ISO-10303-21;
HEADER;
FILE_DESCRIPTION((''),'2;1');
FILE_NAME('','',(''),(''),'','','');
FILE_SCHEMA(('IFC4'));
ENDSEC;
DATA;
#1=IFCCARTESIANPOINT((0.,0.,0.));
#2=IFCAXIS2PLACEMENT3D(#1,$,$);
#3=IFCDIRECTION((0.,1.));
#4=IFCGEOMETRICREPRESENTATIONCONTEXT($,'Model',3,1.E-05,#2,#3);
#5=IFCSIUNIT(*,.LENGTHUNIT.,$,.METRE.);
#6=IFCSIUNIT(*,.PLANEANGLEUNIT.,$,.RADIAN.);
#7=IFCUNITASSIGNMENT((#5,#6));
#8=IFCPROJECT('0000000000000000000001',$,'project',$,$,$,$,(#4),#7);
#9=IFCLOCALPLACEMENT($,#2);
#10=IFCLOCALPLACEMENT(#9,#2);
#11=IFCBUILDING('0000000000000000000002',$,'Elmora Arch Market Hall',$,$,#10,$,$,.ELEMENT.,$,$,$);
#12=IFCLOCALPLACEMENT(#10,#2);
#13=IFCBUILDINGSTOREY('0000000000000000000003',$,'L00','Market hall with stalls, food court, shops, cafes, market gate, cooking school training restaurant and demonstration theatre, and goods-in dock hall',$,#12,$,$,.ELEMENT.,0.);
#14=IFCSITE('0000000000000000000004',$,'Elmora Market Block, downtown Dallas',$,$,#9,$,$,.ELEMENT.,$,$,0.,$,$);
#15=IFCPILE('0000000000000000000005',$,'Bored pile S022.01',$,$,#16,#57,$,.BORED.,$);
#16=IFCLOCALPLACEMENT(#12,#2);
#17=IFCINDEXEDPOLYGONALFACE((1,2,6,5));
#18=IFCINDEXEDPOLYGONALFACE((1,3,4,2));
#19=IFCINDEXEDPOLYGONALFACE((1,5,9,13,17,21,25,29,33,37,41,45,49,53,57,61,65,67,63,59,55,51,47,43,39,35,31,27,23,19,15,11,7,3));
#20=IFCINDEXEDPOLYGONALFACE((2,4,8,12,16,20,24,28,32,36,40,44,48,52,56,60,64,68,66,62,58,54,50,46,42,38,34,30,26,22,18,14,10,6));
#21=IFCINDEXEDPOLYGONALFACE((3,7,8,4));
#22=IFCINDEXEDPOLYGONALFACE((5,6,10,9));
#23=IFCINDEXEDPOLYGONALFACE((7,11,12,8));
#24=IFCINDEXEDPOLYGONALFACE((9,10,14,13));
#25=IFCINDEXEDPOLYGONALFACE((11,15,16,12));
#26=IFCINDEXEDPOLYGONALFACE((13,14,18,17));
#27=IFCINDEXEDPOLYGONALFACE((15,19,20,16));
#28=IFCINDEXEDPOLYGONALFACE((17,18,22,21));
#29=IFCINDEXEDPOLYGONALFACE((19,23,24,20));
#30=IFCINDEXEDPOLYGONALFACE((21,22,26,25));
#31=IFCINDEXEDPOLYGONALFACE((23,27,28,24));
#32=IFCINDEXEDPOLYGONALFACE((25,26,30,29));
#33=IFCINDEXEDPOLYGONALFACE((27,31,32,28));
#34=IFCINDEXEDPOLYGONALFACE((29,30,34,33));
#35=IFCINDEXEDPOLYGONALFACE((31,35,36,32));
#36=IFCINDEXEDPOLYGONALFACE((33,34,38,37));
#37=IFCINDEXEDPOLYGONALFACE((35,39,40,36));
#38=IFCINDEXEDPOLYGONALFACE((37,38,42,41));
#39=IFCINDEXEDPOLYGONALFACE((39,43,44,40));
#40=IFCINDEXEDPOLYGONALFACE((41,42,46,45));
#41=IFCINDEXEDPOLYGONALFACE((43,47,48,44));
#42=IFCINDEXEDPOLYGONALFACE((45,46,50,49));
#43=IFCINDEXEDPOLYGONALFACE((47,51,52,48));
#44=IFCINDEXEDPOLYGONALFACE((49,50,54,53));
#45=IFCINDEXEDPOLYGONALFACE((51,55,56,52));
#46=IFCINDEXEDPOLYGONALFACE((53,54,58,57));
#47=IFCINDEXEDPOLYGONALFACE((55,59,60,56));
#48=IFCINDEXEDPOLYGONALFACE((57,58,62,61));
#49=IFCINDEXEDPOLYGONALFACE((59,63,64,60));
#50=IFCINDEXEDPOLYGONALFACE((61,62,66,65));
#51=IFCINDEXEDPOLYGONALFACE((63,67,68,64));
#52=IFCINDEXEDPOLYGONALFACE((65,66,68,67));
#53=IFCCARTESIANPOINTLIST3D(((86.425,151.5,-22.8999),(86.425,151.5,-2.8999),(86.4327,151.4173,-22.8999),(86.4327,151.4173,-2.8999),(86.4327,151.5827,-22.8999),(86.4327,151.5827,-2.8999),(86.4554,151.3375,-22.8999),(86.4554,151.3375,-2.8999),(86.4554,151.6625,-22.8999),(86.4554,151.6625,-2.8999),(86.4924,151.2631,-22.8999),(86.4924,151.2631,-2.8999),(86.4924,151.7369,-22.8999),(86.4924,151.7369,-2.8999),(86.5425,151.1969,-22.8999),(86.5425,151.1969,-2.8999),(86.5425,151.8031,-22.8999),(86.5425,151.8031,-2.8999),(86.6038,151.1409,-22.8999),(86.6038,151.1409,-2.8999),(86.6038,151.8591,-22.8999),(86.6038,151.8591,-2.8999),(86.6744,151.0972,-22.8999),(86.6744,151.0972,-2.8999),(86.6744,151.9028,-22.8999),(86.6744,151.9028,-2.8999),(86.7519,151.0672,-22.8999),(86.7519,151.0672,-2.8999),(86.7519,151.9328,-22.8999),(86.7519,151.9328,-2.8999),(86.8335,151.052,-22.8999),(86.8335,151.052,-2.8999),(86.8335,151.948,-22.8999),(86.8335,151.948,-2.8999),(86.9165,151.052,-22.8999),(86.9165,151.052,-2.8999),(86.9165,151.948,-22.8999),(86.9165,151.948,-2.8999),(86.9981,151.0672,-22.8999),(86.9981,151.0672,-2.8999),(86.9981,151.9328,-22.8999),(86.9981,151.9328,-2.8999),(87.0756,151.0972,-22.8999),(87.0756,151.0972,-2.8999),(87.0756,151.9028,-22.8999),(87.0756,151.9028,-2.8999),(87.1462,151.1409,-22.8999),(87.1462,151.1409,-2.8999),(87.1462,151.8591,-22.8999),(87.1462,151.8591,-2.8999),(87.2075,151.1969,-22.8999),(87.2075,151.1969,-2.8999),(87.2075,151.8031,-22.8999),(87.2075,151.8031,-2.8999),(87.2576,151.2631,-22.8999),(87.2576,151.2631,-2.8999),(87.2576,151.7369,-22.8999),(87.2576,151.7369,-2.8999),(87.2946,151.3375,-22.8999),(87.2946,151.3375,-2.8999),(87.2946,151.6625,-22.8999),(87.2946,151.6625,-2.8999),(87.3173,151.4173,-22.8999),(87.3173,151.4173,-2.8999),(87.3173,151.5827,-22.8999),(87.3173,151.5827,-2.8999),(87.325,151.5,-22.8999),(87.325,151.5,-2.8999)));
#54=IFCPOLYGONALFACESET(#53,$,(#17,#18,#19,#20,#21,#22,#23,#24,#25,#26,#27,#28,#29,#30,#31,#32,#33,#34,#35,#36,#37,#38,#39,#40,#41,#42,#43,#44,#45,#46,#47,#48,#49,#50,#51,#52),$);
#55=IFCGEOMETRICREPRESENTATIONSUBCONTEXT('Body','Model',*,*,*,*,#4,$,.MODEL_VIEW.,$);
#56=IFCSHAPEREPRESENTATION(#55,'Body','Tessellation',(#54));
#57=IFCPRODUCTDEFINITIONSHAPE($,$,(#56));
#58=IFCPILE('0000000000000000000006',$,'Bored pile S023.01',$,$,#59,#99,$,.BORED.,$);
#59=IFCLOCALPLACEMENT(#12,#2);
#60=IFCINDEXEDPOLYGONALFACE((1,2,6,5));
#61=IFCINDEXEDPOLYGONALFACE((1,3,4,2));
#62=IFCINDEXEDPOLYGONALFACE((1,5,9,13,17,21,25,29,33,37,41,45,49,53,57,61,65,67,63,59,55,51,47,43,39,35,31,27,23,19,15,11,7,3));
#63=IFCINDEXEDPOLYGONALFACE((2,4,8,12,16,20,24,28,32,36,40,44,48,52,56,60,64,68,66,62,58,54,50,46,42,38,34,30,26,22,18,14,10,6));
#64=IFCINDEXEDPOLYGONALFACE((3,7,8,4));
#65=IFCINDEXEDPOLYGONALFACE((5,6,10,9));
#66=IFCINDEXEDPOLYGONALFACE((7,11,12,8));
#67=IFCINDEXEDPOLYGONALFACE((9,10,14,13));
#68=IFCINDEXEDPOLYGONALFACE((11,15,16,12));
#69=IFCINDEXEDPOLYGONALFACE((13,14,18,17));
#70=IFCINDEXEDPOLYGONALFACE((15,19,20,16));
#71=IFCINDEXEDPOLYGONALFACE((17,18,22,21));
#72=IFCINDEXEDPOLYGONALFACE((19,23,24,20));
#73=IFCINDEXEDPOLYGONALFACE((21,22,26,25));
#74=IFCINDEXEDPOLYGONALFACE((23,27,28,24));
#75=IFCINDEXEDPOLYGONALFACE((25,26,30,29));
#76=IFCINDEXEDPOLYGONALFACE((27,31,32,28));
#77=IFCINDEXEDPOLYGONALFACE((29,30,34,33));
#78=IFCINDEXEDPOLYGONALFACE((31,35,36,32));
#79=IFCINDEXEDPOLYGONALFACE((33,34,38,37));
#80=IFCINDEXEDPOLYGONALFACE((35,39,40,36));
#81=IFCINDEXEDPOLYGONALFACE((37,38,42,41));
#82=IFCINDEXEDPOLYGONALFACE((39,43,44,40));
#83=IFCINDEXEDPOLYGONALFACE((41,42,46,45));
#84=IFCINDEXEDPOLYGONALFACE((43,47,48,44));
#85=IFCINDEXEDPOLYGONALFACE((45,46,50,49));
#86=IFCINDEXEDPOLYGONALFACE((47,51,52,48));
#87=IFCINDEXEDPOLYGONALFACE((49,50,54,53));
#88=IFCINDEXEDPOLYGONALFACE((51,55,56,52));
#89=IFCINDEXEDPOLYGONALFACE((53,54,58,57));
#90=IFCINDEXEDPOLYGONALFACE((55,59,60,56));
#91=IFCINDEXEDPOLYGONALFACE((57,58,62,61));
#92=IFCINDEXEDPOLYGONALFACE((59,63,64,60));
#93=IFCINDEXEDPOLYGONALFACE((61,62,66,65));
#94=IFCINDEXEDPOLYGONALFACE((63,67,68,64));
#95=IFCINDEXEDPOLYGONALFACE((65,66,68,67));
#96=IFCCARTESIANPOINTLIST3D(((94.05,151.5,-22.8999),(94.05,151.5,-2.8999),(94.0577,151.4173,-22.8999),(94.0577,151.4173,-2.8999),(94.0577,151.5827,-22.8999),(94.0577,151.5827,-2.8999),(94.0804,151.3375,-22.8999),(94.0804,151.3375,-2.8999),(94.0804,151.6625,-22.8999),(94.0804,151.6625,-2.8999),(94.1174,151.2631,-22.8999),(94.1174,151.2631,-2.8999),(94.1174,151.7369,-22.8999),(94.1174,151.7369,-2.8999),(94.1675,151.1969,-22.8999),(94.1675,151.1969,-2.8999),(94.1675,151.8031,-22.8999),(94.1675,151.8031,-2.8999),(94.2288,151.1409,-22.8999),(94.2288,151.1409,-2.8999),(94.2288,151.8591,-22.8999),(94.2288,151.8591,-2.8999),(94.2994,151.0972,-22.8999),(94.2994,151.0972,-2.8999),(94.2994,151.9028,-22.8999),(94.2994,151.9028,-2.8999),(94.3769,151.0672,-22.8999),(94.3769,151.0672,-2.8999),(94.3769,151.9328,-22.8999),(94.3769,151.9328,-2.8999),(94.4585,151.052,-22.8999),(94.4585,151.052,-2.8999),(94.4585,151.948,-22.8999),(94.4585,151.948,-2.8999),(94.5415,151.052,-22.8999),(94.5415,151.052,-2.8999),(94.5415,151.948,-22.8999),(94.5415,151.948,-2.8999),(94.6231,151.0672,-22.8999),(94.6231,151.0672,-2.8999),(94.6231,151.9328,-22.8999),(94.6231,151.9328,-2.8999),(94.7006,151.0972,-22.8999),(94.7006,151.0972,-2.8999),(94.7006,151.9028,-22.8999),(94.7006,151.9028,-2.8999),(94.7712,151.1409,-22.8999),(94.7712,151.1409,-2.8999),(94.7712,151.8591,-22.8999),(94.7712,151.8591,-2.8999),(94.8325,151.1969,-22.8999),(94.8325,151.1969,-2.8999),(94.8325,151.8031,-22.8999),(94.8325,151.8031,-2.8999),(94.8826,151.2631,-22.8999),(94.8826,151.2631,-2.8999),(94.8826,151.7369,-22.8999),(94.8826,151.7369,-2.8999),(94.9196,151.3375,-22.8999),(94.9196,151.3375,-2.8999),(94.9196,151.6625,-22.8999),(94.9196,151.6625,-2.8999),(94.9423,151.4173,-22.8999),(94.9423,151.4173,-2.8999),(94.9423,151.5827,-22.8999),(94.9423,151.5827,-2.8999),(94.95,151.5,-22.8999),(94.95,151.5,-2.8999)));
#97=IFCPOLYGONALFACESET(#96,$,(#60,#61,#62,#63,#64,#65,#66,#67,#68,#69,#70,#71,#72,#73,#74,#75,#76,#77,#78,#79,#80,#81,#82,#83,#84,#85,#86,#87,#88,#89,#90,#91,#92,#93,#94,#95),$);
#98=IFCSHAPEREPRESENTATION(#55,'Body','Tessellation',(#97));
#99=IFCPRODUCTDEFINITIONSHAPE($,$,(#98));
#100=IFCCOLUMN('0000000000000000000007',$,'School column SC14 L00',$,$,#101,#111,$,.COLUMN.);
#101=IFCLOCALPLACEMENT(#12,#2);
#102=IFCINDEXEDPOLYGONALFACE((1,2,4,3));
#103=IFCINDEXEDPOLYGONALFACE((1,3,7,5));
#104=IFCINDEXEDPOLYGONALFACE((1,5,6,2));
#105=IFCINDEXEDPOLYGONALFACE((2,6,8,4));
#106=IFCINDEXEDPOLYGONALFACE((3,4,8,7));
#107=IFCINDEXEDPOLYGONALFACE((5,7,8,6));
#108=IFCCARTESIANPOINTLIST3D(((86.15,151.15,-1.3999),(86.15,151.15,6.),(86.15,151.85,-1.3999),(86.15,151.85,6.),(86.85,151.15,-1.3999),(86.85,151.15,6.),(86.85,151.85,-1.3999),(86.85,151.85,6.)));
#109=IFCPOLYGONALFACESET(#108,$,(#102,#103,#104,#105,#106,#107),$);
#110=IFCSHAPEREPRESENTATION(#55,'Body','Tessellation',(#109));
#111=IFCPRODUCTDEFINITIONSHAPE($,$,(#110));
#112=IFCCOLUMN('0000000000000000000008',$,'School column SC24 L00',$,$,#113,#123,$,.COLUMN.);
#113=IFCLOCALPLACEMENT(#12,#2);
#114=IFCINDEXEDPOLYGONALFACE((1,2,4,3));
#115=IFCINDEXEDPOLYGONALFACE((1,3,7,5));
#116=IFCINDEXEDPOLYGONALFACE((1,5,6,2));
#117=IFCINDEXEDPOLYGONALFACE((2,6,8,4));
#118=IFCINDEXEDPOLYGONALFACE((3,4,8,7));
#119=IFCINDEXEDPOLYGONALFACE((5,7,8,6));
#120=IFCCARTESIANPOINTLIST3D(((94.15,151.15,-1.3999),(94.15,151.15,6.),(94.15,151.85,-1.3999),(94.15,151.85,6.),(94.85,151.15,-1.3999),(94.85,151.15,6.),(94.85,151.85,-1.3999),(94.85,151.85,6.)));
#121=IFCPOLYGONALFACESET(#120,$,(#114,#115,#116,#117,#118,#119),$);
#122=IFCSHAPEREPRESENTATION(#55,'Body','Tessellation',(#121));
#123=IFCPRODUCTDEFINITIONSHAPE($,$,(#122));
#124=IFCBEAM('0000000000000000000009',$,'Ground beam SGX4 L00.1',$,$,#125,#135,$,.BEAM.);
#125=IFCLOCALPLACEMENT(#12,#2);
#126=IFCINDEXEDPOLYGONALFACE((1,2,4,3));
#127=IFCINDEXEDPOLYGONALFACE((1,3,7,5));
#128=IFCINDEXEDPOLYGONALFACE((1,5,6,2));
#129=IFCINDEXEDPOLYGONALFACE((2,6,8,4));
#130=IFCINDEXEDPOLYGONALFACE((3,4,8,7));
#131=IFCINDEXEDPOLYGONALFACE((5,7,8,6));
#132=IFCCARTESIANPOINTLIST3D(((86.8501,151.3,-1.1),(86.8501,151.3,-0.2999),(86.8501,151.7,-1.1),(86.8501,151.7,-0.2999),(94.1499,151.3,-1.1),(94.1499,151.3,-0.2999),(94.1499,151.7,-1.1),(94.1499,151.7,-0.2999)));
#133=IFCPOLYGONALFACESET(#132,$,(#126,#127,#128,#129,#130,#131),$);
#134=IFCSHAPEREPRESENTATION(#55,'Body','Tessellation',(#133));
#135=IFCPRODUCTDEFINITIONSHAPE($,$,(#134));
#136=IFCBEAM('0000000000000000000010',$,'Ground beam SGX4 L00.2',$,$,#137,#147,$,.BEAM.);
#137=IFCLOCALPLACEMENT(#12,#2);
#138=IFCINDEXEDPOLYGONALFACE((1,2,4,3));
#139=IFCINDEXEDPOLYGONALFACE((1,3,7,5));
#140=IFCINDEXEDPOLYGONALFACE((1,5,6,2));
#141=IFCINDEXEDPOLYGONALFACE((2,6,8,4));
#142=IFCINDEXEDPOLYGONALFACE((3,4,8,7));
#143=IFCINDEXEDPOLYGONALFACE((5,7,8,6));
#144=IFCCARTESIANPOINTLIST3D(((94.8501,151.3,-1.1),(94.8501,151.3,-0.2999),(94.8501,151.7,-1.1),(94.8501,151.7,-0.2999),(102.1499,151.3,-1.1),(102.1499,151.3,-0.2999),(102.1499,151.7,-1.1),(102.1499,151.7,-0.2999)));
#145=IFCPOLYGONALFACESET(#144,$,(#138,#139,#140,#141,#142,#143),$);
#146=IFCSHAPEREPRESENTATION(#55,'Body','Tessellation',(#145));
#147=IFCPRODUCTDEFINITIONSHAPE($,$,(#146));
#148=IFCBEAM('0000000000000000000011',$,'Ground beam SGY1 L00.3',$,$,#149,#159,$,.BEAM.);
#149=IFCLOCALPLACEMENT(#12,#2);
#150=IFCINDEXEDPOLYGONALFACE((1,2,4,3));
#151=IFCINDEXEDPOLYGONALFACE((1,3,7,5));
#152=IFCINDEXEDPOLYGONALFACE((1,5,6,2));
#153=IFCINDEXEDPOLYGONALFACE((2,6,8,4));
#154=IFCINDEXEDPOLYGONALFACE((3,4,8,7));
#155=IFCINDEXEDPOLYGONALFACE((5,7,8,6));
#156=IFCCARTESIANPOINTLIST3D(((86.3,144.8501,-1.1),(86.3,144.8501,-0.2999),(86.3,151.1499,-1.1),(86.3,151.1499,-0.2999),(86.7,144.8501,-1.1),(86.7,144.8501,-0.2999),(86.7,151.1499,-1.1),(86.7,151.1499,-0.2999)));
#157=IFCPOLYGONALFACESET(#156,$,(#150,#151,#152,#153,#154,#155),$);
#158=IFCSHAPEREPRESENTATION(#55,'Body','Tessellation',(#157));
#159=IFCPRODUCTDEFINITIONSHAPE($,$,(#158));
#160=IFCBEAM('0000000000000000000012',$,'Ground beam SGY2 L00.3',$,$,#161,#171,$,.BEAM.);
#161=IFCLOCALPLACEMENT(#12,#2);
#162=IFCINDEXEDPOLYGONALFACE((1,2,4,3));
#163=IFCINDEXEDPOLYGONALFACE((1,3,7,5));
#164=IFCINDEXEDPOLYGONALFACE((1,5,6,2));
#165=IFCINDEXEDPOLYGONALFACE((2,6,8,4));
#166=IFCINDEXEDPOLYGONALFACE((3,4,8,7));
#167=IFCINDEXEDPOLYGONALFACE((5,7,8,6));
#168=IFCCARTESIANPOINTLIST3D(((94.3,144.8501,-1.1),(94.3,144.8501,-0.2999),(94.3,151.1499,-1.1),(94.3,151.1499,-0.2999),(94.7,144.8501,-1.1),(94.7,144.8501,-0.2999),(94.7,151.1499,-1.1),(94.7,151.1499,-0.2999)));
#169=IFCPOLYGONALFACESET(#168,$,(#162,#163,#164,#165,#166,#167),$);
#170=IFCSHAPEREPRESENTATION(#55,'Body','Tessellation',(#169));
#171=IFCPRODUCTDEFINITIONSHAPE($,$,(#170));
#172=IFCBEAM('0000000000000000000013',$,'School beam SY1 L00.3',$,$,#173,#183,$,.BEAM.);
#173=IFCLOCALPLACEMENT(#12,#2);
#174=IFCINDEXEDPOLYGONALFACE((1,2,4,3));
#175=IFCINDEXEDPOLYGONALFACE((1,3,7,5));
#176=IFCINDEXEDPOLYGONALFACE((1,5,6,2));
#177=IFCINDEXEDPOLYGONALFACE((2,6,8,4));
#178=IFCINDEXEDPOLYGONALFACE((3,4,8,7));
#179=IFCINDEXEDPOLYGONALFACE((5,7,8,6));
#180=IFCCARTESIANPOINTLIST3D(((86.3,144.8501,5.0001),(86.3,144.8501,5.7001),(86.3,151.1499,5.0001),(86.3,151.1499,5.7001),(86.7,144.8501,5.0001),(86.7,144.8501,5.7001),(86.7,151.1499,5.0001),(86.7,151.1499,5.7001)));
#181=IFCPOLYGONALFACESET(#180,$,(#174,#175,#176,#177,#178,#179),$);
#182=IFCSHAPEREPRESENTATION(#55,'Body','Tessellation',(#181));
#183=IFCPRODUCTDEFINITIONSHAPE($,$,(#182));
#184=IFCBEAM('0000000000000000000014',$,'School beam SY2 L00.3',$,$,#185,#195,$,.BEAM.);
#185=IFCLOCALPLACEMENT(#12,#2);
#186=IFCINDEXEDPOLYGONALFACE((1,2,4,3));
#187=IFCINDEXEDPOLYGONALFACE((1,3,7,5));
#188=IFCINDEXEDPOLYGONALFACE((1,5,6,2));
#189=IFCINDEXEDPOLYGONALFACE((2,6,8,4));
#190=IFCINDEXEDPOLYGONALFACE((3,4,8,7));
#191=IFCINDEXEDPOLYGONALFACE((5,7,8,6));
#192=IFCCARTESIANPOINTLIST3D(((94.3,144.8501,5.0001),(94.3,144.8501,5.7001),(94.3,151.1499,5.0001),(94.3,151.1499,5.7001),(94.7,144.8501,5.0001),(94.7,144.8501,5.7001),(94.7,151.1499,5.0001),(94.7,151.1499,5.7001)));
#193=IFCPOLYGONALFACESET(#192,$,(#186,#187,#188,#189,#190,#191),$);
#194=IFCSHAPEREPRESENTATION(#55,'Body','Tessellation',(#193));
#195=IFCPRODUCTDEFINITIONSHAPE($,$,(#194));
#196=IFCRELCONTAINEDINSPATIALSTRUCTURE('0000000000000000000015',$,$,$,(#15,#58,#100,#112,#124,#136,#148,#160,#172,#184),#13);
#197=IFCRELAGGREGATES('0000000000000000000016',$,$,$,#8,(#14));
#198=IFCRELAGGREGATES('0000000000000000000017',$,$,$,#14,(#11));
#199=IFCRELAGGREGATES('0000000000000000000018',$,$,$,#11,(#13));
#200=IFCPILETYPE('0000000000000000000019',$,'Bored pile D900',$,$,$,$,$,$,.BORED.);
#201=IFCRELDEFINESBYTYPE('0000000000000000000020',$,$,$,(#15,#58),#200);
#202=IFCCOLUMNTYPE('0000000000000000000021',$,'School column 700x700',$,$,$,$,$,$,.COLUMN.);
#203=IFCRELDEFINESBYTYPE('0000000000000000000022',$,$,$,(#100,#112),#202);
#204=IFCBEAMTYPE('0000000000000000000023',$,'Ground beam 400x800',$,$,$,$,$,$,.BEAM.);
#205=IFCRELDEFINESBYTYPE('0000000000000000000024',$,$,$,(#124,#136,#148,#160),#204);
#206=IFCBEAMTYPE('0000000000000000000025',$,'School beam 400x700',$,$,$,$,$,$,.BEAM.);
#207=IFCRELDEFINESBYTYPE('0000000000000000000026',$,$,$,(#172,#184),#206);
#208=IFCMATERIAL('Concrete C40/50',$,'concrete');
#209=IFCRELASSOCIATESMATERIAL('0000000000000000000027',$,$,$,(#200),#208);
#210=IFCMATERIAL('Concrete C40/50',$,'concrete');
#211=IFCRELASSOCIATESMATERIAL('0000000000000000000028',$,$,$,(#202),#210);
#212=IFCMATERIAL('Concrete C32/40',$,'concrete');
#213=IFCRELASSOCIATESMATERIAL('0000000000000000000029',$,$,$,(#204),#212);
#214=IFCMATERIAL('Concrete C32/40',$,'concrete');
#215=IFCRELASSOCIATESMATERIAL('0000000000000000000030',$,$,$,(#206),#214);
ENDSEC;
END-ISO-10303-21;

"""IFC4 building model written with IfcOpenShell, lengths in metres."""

from ifc_helpers import new_model, si_unit, direction, frame, origin, origin_2d, place, context, subcontext, project, spatial, rectangle, circle, extrude, material, material_profile, profile_set, type_object, element, save


model = new_model("IFC4")

# Units and contexts
model_context = context("Model", 3, precision=1e-05, world=origin(), true_north=direction((0.0, 1.0)))
body_context = subcontext(model_context, "Body", "Model", "MODEL_VIEW")
ifc_project = project(units=[si_unit("LENGTHUNIT", "METRE"), si_unit("PLANEANGLEUNIT", "RADIAN")], contexts=[model_context])

# Site, building, storey
site_placement = place(None, origin())
site = spatial("IfcSite", under=ifc_project, at=site_placement, Name="Elmora Market Block, downtown Dallas", CompositionType="ELEMENT", RefElevation=0.0)
building_placement = place(site_placement, origin())
building = spatial("IfcBuilding", under=site, at=building_placement, Name="Elmora Arch Market Hall", CompositionType="ELEMENT")
storey_placement = place(building_placement, origin())
storey = spatial("IfcBuildingStorey", under=building, at=storey_placement, Name="L00", Description="Market hall with stalls, food court, shops, cafes, market gate, cooking school training restaurant and demonstration theatre, and goods-in dock hall", CompositionType="ELEMENT", Elevation=0.0)

# Piles
ifc_material_1 = material(Name="Concrete C40/50", Category="concrete")
ifc_material_profile_1 = material_profile(ifc_material_1, circle(Radius=0.45, at=origin_2d()), Name="Bored pile D900")
ifc_profile_set_1 = profile_set([ifc_material_profile_1], Name="Concrete C40/50")
pile_type = type_object("IfcPileType", Name="Bored pile D900", PredefinedType="BORED", material=ifc_profile_set_1)
for number, where, z_axis, x_axis, name in (
    (1, (86.875, 151.5, -2.8999), (0.0, 0.0, -1.0), (1.0, 0.0, 0.0), "Bored pile S022.01"),
    (2, (94.5, 151.5, -2.8999), (0.0, 0.0, -1.0), (1.0, 0.0, 0.0), "Bored pile S023.01"),
):
    element("IfcPile", number, at=place(storey_placement, frame(where, z_axis=z_axis, x_axis=x_axis)), inside=storey, type_object=pile_type, Name=name, PredefinedType="BORED", context=body_context, shape_type="SweptSolid", body=[
        extrude(circle(Radius=0.45, at=origin_2d()), origin(), (0.0, 0.0, 1.0), 20.0),
    ])

# Columns
ifc_material_2 = material(Name="Concrete C40/50", Category="concrete")
ifc_material_profile_2 = material_profile(ifc_material_2, rectangle(XDim=0.7, YDim=0.7, at=origin_2d()), Name="School column 700x700")
ifc_profile_set_2 = profile_set([ifc_material_profile_2], Name="Concrete C40/50")
column_type = type_object("IfcColumnType", Name="School column 700x700", PredefinedType="COLUMN", material=ifc_profile_set_2)
for number, where, z_axis, x_axis, name in (
    (3, (86.5, 151.5, -1.3999), (0.0, 0.0, 1.0), (1.0, 0.0, 0.0), "School column SC14 L00"),
    (4, (94.5, 151.5, -1.3999), (0.0, 0.0, 1.0), (1.0, 0.0, 0.0), "School column SC24 L00"),
):
    element("IfcColumn", number, at=place(storey_placement, frame(where, z_axis=z_axis, x_axis=x_axis)), inside=storey, type_object=column_type, Name=name, PredefinedType="COLUMN", context=body_context, shape_type="SweptSolid", body=[
        extrude(rectangle(XDim=0.7, YDim=0.7, at=origin_2d()), origin(), (0.0, 0.0, 1.0), 7.3999),
    ])

# Beams
ifc_material_3 = material(Name="Concrete C32/40", Category="concrete")
ifc_material_profile_3 = material_profile(ifc_material_3, rectangle(XDim=0.3999, YDim=0.8, at=origin_2d()), Name="Ground beam 400x800")
ifc_profile_set_3 = profile_set([ifc_material_profile_3], Name="Concrete C32/40")
beam_type_1 = type_object("IfcBeamType", Name="Ground beam 400x800", PredefinedType="BEAM", material=ifc_profile_set_3)
for number, where, z_axis, x_axis, name in (
    (5, (86.8501, 151.5, -0.7), (1.0, 0.0, 0.0), (0.0, 1.0, 0.0), "Ground beam SGX4 L00.1"),
    (6, (94.8501, 151.5, -0.7), (1.0, 0.0, 0.0), (0.0, 1.0, 0.0), "Ground beam SGX4 L00.2"),
):
    element("IfcBeam", number, at=place(storey_placement, frame(where, z_axis=z_axis, x_axis=x_axis)), inside=storey, type_object=beam_type_1, Name=name, PredefinedType="BEAM", context=body_context, shape_type="SweptSolid", body=[
        extrude(rectangle(XDim=0.3999, YDim=0.8, at=origin_2d()), origin(), (0.0, 0.0, 1.0), 7.2998),
    ])
for number, where, z_axis, x_axis, name in (
    (7, (86.5, 144.8501, -0.7), (0.0, 1.0, 0.0), (-1.0, 0.0, 0.0), "Ground beam SGY1 L00.3"),
    (8, (94.5, 144.8501, -0.7), (0.0, 1.0, 0.0), (-1.0, 0.0, 0.0), "Ground beam SGY2 L00.3"),
):
    element("IfcBeam", number, at=place(storey_placement, frame(where, z_axis=z_axis, x_axis=x_axis)), inside=storey, type_object=beam_type_1, Name=name, PredefinedType="BEAM", context=body_context, shape_type="SweptSolid", body=[
        extrude(rectangle(XDim=0.3999, YDim=0.8, at=origin_2d()), origin(), (0.0, 0.0, 1.0), 6.2998),
    ])
ifc_material_4 = material(Name="Concrete C32/40", Category="concrete")
ifc_material_profile_4 = material_profile(ifc_material_4, rectangle(XDim=0.3999, YDim=0.7, at=origin_2d()), Name="School beam 400x700")
ifc_profile_set_4 = profile_set([ifc_material_profile_4], Name="Concrete C32/40")
beam_type_2 = type_object("IfcBeamType", Name="School beam 400x700", PredefinedType="BEAM", material=ifc_profile_set_4)
for number, where, z_axis, x_axis, name in (
    (9, (86.5, 144.8501, 5.3501), (0.0, 1.0, 0.0), (-1.0, 0.0, 0.0), "School beam SY1 L00.3"),
    (10, (94.5, 144.8501, 5.3501), (0.0, 1.0, 0.0), (-1.0, 0.0, 0.0), "School beam SY2 L00.3"),
):
    element("IfcBeam", number, at=place(storey_placement, frame(where, z_axis=z_axis, x_axis=x_axis)), inside=storey, type_object=beam_type_2, Name=name, PredefinedType="BEAM", context=body_context, shape_type="SweptSolid", body=[
        extrude(rectangle(XDim=0.3999, YDim=0.7, at=origin_2d()), origin(), (0.0, 0.0, 1.0), 6.2998),
    ])

save(model, "model.ifc")
